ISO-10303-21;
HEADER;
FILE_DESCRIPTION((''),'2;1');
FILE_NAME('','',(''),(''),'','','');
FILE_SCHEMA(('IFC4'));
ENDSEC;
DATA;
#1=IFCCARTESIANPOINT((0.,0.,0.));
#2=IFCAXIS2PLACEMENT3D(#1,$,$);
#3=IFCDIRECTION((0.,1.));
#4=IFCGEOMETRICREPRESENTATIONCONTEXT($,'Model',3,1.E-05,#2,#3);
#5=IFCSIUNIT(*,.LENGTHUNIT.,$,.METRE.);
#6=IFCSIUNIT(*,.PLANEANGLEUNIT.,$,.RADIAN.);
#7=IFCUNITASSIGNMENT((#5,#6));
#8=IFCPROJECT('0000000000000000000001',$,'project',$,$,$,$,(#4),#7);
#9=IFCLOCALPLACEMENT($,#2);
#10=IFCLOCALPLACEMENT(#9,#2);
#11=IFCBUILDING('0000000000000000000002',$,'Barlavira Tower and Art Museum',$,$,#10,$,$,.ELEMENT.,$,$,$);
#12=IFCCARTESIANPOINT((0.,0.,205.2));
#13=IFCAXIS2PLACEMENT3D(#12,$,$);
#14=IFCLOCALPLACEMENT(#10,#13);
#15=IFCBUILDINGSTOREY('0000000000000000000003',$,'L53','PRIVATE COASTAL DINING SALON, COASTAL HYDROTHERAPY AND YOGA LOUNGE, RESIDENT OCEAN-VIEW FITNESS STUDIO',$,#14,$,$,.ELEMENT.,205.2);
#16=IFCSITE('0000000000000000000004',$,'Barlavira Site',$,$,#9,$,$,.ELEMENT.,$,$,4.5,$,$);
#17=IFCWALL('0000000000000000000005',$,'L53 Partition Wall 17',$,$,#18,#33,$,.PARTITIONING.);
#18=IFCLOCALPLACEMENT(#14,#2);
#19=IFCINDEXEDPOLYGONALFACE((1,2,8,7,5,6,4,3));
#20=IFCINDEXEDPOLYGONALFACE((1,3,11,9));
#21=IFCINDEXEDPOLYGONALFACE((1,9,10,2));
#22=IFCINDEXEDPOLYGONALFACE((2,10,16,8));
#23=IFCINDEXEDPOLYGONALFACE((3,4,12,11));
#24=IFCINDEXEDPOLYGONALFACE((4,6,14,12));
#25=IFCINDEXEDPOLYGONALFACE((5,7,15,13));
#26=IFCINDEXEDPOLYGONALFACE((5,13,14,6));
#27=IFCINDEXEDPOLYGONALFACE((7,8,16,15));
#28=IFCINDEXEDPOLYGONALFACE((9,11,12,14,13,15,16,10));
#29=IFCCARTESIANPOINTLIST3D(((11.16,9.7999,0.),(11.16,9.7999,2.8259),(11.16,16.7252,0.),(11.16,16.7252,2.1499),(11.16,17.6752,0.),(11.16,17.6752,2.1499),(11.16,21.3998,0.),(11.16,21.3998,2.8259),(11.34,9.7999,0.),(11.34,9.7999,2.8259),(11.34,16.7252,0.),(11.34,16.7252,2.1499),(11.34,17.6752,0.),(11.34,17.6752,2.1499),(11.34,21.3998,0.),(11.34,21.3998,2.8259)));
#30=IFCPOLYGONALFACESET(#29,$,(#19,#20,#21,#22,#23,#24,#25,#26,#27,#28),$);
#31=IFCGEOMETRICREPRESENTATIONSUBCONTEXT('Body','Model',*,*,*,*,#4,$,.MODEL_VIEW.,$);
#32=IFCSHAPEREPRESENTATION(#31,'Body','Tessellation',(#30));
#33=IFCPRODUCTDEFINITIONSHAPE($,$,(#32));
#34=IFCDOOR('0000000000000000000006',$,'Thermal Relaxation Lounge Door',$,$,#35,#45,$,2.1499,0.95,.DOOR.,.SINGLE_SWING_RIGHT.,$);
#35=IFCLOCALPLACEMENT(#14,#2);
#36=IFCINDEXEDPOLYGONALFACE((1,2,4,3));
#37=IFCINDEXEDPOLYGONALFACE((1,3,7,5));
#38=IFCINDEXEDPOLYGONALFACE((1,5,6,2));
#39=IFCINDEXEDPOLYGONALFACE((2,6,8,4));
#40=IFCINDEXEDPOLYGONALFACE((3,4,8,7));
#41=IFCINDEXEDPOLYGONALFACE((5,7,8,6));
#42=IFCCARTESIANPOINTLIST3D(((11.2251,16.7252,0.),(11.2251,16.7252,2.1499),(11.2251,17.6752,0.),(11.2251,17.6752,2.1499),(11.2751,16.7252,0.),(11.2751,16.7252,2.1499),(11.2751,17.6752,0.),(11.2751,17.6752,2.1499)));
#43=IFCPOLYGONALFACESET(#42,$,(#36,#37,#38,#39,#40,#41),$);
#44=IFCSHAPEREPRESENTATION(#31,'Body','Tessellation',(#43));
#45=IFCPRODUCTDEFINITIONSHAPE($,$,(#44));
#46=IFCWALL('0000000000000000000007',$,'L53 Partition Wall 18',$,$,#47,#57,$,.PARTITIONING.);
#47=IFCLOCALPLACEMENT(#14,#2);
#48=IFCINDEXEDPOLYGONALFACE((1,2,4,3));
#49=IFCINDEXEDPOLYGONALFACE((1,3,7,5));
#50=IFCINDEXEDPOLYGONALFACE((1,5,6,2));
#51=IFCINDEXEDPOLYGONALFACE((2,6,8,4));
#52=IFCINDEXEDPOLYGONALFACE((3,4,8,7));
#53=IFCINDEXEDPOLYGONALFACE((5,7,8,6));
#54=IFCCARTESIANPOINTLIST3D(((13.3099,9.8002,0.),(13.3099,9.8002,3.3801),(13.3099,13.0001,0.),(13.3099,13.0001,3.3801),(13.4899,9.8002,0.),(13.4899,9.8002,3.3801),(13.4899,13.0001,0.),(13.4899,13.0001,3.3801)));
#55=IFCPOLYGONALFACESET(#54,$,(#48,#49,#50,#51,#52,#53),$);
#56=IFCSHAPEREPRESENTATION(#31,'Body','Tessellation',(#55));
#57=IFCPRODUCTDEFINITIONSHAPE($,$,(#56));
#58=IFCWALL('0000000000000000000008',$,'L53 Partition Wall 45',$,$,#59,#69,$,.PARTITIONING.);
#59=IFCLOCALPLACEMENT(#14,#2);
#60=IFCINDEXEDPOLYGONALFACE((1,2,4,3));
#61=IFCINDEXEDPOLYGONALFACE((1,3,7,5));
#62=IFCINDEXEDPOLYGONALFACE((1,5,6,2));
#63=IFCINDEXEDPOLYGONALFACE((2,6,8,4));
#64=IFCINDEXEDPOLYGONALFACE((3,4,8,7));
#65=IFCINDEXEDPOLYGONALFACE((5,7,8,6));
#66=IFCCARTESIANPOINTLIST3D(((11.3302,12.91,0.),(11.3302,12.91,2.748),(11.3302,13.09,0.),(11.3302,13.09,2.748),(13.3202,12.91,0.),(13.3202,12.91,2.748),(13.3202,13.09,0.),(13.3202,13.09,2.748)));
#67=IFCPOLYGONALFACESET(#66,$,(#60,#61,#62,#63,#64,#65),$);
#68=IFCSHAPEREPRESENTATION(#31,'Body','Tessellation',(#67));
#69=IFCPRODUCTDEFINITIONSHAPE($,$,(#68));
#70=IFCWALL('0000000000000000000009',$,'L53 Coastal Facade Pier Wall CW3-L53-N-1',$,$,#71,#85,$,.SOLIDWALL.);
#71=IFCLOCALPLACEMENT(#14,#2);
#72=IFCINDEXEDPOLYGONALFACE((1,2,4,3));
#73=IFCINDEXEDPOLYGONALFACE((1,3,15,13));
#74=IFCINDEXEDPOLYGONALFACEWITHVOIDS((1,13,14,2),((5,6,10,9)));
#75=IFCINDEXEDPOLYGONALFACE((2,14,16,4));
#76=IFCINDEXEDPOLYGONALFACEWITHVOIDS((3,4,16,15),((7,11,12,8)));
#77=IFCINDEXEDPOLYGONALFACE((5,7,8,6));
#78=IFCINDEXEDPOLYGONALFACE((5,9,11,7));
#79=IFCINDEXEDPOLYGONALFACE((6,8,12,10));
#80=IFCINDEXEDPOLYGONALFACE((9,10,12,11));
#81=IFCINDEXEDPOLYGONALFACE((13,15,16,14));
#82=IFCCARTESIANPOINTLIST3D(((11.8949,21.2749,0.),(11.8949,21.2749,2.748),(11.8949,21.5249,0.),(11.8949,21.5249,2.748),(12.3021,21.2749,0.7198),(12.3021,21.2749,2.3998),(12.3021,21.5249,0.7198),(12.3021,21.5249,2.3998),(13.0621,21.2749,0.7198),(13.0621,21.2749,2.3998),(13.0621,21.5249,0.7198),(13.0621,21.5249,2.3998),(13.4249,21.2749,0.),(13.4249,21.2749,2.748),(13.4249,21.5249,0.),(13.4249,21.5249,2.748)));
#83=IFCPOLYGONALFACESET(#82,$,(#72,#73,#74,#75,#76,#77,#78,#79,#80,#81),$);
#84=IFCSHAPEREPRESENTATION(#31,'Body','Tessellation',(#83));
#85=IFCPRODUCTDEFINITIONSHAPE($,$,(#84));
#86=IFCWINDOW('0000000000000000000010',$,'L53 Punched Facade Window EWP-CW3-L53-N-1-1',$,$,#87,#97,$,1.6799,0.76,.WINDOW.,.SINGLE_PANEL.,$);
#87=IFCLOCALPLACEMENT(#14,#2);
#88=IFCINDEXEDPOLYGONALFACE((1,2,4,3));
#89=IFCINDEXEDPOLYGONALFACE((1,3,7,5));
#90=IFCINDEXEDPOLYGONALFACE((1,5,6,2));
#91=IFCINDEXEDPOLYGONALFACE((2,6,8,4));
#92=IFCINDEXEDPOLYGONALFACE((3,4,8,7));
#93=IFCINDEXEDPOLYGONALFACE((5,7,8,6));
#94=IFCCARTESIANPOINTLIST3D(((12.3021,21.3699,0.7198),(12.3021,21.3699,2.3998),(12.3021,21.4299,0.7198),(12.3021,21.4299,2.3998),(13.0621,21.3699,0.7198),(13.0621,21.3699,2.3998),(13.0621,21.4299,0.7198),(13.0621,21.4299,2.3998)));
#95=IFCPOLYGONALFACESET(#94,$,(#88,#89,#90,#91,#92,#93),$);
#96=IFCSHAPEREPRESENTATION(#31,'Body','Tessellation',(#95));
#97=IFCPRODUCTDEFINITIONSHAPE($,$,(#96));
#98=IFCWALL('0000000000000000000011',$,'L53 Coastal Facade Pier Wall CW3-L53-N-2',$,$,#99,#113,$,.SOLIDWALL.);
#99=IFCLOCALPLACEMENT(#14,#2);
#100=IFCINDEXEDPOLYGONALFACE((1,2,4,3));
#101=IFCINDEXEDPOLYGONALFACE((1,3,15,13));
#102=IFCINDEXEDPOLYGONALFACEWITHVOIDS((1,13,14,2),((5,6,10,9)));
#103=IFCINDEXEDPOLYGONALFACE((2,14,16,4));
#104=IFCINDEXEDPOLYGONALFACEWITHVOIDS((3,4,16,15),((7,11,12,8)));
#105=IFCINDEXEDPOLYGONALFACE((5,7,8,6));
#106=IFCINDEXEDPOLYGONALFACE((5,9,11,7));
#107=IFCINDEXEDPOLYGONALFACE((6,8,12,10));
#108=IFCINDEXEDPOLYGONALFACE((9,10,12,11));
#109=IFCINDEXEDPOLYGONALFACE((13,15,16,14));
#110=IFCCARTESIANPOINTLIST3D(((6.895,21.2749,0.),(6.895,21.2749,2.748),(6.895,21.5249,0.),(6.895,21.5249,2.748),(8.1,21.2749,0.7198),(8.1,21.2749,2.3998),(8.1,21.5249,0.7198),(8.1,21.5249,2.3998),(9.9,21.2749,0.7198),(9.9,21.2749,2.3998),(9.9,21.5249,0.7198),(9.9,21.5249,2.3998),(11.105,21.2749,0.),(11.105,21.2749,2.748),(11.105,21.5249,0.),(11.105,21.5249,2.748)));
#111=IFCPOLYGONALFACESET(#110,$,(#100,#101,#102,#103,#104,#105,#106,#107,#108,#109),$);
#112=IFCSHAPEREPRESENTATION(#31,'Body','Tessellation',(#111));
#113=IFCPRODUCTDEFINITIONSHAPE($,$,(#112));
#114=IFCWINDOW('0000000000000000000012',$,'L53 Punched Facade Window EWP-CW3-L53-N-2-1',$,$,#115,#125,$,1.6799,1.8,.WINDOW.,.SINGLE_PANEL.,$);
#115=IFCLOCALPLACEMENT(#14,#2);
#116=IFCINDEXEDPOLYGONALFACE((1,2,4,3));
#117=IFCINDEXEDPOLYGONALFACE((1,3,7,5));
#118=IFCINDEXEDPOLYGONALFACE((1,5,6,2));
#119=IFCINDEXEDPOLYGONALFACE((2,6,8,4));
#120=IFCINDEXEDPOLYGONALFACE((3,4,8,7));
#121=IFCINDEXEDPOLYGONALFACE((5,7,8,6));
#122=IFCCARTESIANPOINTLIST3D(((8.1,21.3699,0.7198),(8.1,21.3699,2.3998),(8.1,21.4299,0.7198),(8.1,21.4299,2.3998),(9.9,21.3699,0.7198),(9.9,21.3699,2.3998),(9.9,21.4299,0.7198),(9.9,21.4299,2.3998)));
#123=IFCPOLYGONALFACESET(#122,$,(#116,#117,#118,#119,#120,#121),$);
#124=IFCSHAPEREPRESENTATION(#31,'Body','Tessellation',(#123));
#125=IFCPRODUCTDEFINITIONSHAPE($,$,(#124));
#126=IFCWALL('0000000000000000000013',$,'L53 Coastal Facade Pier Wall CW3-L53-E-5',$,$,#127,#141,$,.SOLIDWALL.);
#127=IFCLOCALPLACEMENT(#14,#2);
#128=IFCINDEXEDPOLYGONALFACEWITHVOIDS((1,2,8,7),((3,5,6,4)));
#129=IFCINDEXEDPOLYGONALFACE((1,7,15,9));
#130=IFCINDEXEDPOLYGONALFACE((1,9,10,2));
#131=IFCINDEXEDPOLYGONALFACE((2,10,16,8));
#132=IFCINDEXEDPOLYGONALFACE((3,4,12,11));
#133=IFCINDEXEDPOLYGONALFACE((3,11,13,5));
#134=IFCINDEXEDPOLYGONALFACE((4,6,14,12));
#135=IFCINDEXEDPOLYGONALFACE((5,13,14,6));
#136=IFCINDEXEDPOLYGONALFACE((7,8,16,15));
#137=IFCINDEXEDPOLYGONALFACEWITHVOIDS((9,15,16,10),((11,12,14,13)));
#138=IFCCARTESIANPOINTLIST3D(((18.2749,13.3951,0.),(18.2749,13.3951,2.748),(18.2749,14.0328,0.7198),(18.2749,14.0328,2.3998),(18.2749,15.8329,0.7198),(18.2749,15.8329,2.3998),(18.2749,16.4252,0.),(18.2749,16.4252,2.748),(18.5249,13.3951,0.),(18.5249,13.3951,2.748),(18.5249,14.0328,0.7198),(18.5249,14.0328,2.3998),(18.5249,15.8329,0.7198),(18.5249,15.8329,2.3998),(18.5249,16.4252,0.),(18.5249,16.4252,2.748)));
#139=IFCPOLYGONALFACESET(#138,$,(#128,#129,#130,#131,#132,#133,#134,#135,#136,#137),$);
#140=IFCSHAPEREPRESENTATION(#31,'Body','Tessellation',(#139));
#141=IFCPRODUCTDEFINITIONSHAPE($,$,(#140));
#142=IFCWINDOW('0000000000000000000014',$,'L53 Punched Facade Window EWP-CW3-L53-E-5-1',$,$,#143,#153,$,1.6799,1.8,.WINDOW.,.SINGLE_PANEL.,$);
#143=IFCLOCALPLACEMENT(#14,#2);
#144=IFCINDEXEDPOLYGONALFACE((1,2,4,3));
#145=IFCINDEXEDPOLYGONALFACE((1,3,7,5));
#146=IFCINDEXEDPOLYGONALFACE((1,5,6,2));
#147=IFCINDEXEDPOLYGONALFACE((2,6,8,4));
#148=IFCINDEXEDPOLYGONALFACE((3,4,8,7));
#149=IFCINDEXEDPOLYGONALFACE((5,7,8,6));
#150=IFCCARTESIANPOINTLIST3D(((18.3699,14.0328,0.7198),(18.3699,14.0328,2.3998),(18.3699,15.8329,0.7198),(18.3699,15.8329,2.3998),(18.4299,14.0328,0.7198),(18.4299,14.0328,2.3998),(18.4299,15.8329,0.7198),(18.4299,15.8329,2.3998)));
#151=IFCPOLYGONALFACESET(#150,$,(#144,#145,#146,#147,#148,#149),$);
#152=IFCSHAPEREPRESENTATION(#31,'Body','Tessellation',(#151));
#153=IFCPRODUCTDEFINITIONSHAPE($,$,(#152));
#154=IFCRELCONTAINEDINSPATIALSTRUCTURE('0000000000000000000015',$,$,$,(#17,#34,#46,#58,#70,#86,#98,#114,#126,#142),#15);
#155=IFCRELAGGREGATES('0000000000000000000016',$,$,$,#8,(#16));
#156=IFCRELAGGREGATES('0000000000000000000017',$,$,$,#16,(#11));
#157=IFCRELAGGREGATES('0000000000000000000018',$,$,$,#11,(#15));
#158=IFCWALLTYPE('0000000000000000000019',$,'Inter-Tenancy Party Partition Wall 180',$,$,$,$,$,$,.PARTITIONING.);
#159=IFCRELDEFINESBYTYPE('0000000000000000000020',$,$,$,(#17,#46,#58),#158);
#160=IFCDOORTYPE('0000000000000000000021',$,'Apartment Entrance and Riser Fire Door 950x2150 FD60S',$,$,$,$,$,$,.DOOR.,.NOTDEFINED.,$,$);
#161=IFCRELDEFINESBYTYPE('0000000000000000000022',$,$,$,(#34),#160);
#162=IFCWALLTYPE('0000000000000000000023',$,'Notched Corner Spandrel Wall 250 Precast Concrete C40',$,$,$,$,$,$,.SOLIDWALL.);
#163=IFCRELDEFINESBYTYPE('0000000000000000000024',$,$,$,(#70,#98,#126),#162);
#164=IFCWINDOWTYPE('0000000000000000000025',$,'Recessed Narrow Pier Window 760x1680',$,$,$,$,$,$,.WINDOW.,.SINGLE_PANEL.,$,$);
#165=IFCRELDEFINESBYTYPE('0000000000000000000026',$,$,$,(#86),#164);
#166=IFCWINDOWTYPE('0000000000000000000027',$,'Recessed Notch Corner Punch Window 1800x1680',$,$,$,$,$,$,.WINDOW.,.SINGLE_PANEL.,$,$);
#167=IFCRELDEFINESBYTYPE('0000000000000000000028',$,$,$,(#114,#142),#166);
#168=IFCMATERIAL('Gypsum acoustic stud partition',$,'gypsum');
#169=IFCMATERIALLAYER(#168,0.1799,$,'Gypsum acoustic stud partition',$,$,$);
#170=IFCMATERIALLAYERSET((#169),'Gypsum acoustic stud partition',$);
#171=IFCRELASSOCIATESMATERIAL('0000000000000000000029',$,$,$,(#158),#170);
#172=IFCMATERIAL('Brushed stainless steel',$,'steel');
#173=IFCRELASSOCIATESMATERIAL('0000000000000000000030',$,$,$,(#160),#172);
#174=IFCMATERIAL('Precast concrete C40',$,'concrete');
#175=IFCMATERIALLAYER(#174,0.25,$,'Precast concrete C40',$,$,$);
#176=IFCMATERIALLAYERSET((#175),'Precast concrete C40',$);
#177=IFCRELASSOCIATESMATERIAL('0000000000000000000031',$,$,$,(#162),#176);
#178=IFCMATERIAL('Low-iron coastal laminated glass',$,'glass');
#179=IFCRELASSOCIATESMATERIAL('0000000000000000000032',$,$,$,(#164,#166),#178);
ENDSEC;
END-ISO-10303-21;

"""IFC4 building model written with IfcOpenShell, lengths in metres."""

from ifc_helpers import new_model, si_unit, direction, frame, frame_2d, origin, place, context, subcontext, project, spatial, rectangle, extrude, material, layer, layer_set, type_object, element, fill, save


model = new_model("IFC4")

# Units and contexts
model_context = context("Model", 3, precision=1e-05, world=origin(), true_north=direction((0.0, 1.0)))
body_context = subcontext(model_context, "Body", "Model", "MODEL_VIEW")
ifc_project = project(units=[si_unit("LENGTHUNIT", "METRE"), si_unit("PLANEANGLEUNIT", "RADIAN")], contexts=[model_context])

# Site, building, storey
site_placement = place(None, origin())
site = spatial("IfcSite", under=ifc_project, at=site_placement, Name="Barlavira Site", CompositionType="ELEMENT", RefElevation=4.5)
building_placement = place(site_placement, origin())
building = spatial("IfcBuilding", under=site, at=building_placement, Name="Barlavira Tower and Art Museum", CompositionType="ELEMENT")
storey_placement = place(building_placement, frame((0.0, 0.0, 205.2)))
storey = spatial("IfcBuildingStorey", under=building, at=storey_placement, Name="L53", Description="PRIVATE COASTAL DINING SALON, COASTAL HYDROTHERAPY AND YOGA LOUNGE, RESIDENT OCEAN-VIEW FITNESS STUDIO", CompositionType="ELEMENT", Elevation=205.2)

# Wall, opening, door
ifc_material_1 = material(Name="Gypsum acoustic stud partition", Category="gypsum")
ifc_layer_1 = layer(ifc_material_1, 0.1799, Name="Gypsum acoustic stud partition")
ifc_layer_set_1 = layer_set([ifc_layer_1], Name="Gypsum acoustic stud partition")
wall_type_1 = type_object("IfcWallType", Name="Inter-Tenancy Party Partition Wall 180", PredefinedType="PARTITIONING", material=ifc_layer_set_1)
wall_1_placement = place(storey_placement, frame((11.25, 9.8, 0.0), z_axis=(0.0, 0.0, 1.0), x_axis=(0.0, 1.0, 0.0)))
wall_1 = element("IfcWall", 1, at=wall_1_placement, inside=storey, type_object=wall_type_1, Name="L53 Partition Wall 17", PredefinedType="PARTITIONING", context=body_context, shape_type="SweptSolid", body=[
    extrude(rectangle(XDim=11.5999, YDim=0.1799, at=frame_2d((5.7998, 0.0))), origin(), (0.0, 0.0, 1.0), 2.8259),
])
opening_1_placement = place(wall_1_placement, frame((6.925, 0.0, 0.0)))
opening_1 = element("IfcOpeningElement", 2, at=opening_1_placement, cuts=wall_1, PredefinedType="OPENING", context=body_context, shape_type="SweptSolid", body=[
    extrude(rectangle(XDim=0.95, YDim=2.1499, at=frame_2d((0.4751, 1.075))), frame((0.0, 0.1001, 0.0), z_axis=(0.0, -1.0, 0.0), x_axis=(1.0, 0.0, 0.0)), (0.0, 0.0, 1.0), 0.2),
])
ifc_material_2 = material(Name="Brushed stainless steel", Category="steel")
door_type = type_object("IfcDoorType", Name="Apartment Entrance and Riser Fire Door 950x2150 FD60S", OperationType="NOTDEFINED", PredefinedType="DOOR", material=ifc_material_2)
door_1_placement = place(opening_1_placement, origin())
door_1 = element("IfcDoor", 3, at=door_1_placement, inside=storey, type_object=door_type, Name="Thermal Relaxation Lounge Door", OperationType="SINGLE_SWING_RIGHT", OverallHeight=2.1499, OverallWidth=0.95, PredefinedType="DOOR", context=body_context, shape_type="SweptSolid", body=[
    extrude(rectangle(XDim=0.95, YDim=2.1499, at=frame_2d((0.4751, 1.075))), frame((0.0, 0.0249, 0.0), z_axis=(0.0, -1.0, 0.0), x_axis=(1.0, 0.0, 0.0)), (0.0, 0.0, 1.0), 0.05),
])
fill(opening_1, door_1)

# Wall
wall_2_placement = place(storey_placement, frame((13.3999, 9.8, 0.0), z_axis=(0.0, 0.0, 1.0), x_axis=(0.0, 1.0, 0.0)))
element("IfcWall", 4, at=wall_2_placement, inside=storey, type_object=wall_type_1, Name="L53 Partition Wall 18", PredefinedType="PARTITIONING", context=body_context, shape_type="SweptSolid", body=[
    extrude(rectangle(XDim=3.2, YDim=0.1799, at=frame_2d((1.6001, 0.0))), origin(), (0.0, 0.0, 1.0), 3.3801),
])

# Wall
wall_3_placement = place(storey_placement, frame((11.3301, 13.0, 0.0), z_axis=(0.0, 0.0, 1.0), x_axis=(1.0, 0.0, 0.0)))
element("IfcWall", 5, at=wall_3_placement, inside=storey, type_object=wall_type_1, Name="L53 Partition Wall 45", PredefinedType="PARTITIONING", context=body_context, shape_type="SweptSolid", body=[
    extrude(rectangle(XDim=1.99, YDim=0.1799, at=frame_2d((0.9951, 0.0))), origin(), (0.0, 0.0, 1.0), 2.748),
])

# Walls, openings, windows
ifc_material_3 = material(Name="Precast concrete C40", Category="concrete")
ifc_layer_2 = layer(ifc_material_3, 0.25, Name="Precast concrete C40")
ifc_layer_set_2 = layer_set([ifc_layer_2], Name="Precast concrete C40")
wall_type_2 = type_object("IfcWallType", Name="Notched Corner Spandrel Wall 250 Precast Concrete C40", PredefinedType="SOLIDWALL", material=ifc_layer_set_2)
wall_4_placement = place(storey_placement, frame((13.425, 21.3999, 0.0), z_axis=(0.0, 0.0, 1.0), x_axis=(-1.0, 0.0, 0.0)))
wall_4 = element("IfcWall", 6, at=wall_4_placement, inside=storey, type_object=wall_type_2, Name="L53 Coastal Facade Pier Wall CW3-L53-N-1", PredefinedType="SOLIDWALL", context=body_context, shape_type="SweptSolid", body=[
    extrude(rectangle(XDim=1.53, YDim=0.25, at=frame_2d((0.7651, 0.0))), origin(), (0.0, 0.0, 1.0), 2.748),
])
opening_2_placement = place(wall_4_placement, frame((0.363, 0.0, 0.72)))
opening_2 = element("IfcOpeningElement", 7, at=opening_2_placement, cuts=wall_4, PredefinedType="OPENING", context=body_context, shape_type="SweptSolid", body=[
    extrude(rectangle(XDim=0.76, YDim=1.6799, at=frame_2d((0.3799, 0.8398))), frame((0.0, 0.135, 0.0), z_axis=(0.0, -1.0, 0.0), x_axis=(1.0, 0.0, 0.0)), (0.0, 0.0, 1.0), 0.27),
])
ifc_material_4 = material(Name="Low-iron coastal laminated glass", Category="glass")
window_type_1 = type_object("IfcWindowType", Name="Recessed Narrow Pier Window 760x1680", PartitioningType="SINGLE_PANEL", PredefinedType="WINDOW", material=ifc_material_4)
window_1_placement = place(opening_2_placement, origin())
window_1 = element("IfcWindow", 8, at=window_1_placement, inside=storey, type_object=window_type_1, Name="L53 Punched Facade Window EWP-CW3-L53-N-1-1", OverallHeight=1.6799, OverallWidth=0.76, PartitioningType="SINGLE_PANEL", PredefinedType="WINDOW", context=body_context, shape_type="SweptSolid", body=[
    extrude(rectangle(XDim=0.76, YDim=1.6799, at=frame_2d((0.3799, 0.8398))), frame((0.0, 0.03, 0.0), z_axis=(0.0, -1.0, 0.0), x_axis=(1.0, 0.0, 0.0)), (0.0, 0.0, 1.0), 0.0601),
])
fill(opening_2, window_1)
wall_5_placement = place(storey_placement, frame((11.105, 21.3999, 0.0), z_axis=(0.0, 0.0, 1.0), x_axis=(-1.0, 0.0, 0.0)))
wall_5 = element("IfcWall", 9, at=wall_5_placement, inside=storey, type_object=wall_type_2, Name="L53 Coastal Facade Pier Wall CW3-L53-N-2", PredefinedType="SOLIDWALL", context=body_context, shape_type="SweptSolid", body=[
    extrude(rectangle(XDim=4.21, YDim=0.25, at=frame_2d((2.105, 0.0))), origin(), (0.0, 0.0, 1.0), 2.748),
])
opening_3_placement = place(wall_5_placement, frame((1.2051, 0.0, 0.72)))
opening_3 = element("IfcOpeningElement", 10, at=opening_3_placement, cuts=wall_5, PredefinedType="OPENING", context=body_context, shape_type="SweptSolid", body=[
    extrude(rectangle(XDim=1.8, YDim=1.6799, at=frame_2d((0.8999, 0.8398))), frame((0.0, 0.135, 0.0), z_axis=(0.0, -1.0, 0.0), x_axis=(1.0, 0.0, 0.0)), (0.0, 0.0, 1.0), 0.27),
])
window_type_2 = type_object("IfcWindowType", Name="Recessed Notch Corner Punch Window 1800x1680", PartitioningType="SINGLE_PANEL", PredefinedType="WINDOW", material=ifc_material_4)
window_2_placement = place(opening_3_placement, origin())
window_2 = element("IfcWindow", 11, at=window_2_placement, inside=storey, type_object=window_type_2, Name="L53 Punched Facade Window EWP-CW3-L53-N-2-1", OverallHeight=1.6799, OverallWidth=1.8, PartitioningType="SINGLE_PANEL", PredefinedType="WINDOW", context=body_context, shape_type="SweptSolid", body=[
    extrude(rectangle(XDim=1.8, YDim=1.6799, at=frame_2d((0.8999, 0.8398))), frame((0.0, 0.03, 0.0), z_axis=(0.0, -1.0, 0.0), x_axis=(1.0, 0.0, 0.0)), (0.0, 0.0, 1.0), 0.0601),
])
fill(opening_3, window_2)
wall_6_placement = place(storey_placement, frame((18.3999, 13.395, 0.0), z_axis=(0.0, 0.0, 1.0), x_axis=(0.0, 1.0, 0.0)))
wall_6 = element("IfcWall", 12, at=wall_6_placement, inside=storey, type_object=wall_type_2, Name="L53 Coastal Facade Pier Wall CW3-L53-E-5", PredefinedType="SOLIDWALL", context=body_context, shape_type="SweptSolid", body=[
    extrude(rectangle(XDim=3.03, YDim=0.25, at=frame_2d((1.5151, 0.0))), origin(), (0.0, 0.0, 1.0), 2.748),
])
opening_4_placement = place(wall_6_placement, frame((0.6379, 0.0, 0.72)))
opening_4 = element("IfcOpeningElement", 13, at=opening_4_placement, cuts=wall_6, PredefinedType="OPENING", context=body_context, shape_type="SweptSolid", body=[
    extrude(rectangle(XDim=1.8, YDim=1.6799, at=frame_2d((0.8999, 0.8398))), frame((0.0, 0.135, 0.0), z_axis=(0.0, -1.0, 0.0), x_axis=(1.0, 0.0, 0.0)), (0.0, 0.0, 1.0), 0.27),
])
window_3_placement = place(opening_4_placement, origin())
window_3 = element("IfcWindow", 14, at=window_3_placement, inside=storey, type_object=window_type_2, Name="L53 Punched Facade Window EWP-CW3-L53-E-5-1", OverallHeight=1.6799, OverallWidth=1.8, PartitioningType="SINGLE_PANEL", PredefinedType="WINDOW", context=body_context, shape_type="SweptSolid", body=[
    extrude(rectangle(XDim=1.8, YDim=1.6799, at=frame_2d((0.8999, 0.8398))), frame((0.0, 0.03, 0.0), z_axis=(0.0, -1.0, 0.0), x_axis=(1.0, 0.0, 0.0)), (0.0, 0.0, 1.0), 0.0601),
])
fill(opening_4, window_3)

save(model, "model.ifc")
